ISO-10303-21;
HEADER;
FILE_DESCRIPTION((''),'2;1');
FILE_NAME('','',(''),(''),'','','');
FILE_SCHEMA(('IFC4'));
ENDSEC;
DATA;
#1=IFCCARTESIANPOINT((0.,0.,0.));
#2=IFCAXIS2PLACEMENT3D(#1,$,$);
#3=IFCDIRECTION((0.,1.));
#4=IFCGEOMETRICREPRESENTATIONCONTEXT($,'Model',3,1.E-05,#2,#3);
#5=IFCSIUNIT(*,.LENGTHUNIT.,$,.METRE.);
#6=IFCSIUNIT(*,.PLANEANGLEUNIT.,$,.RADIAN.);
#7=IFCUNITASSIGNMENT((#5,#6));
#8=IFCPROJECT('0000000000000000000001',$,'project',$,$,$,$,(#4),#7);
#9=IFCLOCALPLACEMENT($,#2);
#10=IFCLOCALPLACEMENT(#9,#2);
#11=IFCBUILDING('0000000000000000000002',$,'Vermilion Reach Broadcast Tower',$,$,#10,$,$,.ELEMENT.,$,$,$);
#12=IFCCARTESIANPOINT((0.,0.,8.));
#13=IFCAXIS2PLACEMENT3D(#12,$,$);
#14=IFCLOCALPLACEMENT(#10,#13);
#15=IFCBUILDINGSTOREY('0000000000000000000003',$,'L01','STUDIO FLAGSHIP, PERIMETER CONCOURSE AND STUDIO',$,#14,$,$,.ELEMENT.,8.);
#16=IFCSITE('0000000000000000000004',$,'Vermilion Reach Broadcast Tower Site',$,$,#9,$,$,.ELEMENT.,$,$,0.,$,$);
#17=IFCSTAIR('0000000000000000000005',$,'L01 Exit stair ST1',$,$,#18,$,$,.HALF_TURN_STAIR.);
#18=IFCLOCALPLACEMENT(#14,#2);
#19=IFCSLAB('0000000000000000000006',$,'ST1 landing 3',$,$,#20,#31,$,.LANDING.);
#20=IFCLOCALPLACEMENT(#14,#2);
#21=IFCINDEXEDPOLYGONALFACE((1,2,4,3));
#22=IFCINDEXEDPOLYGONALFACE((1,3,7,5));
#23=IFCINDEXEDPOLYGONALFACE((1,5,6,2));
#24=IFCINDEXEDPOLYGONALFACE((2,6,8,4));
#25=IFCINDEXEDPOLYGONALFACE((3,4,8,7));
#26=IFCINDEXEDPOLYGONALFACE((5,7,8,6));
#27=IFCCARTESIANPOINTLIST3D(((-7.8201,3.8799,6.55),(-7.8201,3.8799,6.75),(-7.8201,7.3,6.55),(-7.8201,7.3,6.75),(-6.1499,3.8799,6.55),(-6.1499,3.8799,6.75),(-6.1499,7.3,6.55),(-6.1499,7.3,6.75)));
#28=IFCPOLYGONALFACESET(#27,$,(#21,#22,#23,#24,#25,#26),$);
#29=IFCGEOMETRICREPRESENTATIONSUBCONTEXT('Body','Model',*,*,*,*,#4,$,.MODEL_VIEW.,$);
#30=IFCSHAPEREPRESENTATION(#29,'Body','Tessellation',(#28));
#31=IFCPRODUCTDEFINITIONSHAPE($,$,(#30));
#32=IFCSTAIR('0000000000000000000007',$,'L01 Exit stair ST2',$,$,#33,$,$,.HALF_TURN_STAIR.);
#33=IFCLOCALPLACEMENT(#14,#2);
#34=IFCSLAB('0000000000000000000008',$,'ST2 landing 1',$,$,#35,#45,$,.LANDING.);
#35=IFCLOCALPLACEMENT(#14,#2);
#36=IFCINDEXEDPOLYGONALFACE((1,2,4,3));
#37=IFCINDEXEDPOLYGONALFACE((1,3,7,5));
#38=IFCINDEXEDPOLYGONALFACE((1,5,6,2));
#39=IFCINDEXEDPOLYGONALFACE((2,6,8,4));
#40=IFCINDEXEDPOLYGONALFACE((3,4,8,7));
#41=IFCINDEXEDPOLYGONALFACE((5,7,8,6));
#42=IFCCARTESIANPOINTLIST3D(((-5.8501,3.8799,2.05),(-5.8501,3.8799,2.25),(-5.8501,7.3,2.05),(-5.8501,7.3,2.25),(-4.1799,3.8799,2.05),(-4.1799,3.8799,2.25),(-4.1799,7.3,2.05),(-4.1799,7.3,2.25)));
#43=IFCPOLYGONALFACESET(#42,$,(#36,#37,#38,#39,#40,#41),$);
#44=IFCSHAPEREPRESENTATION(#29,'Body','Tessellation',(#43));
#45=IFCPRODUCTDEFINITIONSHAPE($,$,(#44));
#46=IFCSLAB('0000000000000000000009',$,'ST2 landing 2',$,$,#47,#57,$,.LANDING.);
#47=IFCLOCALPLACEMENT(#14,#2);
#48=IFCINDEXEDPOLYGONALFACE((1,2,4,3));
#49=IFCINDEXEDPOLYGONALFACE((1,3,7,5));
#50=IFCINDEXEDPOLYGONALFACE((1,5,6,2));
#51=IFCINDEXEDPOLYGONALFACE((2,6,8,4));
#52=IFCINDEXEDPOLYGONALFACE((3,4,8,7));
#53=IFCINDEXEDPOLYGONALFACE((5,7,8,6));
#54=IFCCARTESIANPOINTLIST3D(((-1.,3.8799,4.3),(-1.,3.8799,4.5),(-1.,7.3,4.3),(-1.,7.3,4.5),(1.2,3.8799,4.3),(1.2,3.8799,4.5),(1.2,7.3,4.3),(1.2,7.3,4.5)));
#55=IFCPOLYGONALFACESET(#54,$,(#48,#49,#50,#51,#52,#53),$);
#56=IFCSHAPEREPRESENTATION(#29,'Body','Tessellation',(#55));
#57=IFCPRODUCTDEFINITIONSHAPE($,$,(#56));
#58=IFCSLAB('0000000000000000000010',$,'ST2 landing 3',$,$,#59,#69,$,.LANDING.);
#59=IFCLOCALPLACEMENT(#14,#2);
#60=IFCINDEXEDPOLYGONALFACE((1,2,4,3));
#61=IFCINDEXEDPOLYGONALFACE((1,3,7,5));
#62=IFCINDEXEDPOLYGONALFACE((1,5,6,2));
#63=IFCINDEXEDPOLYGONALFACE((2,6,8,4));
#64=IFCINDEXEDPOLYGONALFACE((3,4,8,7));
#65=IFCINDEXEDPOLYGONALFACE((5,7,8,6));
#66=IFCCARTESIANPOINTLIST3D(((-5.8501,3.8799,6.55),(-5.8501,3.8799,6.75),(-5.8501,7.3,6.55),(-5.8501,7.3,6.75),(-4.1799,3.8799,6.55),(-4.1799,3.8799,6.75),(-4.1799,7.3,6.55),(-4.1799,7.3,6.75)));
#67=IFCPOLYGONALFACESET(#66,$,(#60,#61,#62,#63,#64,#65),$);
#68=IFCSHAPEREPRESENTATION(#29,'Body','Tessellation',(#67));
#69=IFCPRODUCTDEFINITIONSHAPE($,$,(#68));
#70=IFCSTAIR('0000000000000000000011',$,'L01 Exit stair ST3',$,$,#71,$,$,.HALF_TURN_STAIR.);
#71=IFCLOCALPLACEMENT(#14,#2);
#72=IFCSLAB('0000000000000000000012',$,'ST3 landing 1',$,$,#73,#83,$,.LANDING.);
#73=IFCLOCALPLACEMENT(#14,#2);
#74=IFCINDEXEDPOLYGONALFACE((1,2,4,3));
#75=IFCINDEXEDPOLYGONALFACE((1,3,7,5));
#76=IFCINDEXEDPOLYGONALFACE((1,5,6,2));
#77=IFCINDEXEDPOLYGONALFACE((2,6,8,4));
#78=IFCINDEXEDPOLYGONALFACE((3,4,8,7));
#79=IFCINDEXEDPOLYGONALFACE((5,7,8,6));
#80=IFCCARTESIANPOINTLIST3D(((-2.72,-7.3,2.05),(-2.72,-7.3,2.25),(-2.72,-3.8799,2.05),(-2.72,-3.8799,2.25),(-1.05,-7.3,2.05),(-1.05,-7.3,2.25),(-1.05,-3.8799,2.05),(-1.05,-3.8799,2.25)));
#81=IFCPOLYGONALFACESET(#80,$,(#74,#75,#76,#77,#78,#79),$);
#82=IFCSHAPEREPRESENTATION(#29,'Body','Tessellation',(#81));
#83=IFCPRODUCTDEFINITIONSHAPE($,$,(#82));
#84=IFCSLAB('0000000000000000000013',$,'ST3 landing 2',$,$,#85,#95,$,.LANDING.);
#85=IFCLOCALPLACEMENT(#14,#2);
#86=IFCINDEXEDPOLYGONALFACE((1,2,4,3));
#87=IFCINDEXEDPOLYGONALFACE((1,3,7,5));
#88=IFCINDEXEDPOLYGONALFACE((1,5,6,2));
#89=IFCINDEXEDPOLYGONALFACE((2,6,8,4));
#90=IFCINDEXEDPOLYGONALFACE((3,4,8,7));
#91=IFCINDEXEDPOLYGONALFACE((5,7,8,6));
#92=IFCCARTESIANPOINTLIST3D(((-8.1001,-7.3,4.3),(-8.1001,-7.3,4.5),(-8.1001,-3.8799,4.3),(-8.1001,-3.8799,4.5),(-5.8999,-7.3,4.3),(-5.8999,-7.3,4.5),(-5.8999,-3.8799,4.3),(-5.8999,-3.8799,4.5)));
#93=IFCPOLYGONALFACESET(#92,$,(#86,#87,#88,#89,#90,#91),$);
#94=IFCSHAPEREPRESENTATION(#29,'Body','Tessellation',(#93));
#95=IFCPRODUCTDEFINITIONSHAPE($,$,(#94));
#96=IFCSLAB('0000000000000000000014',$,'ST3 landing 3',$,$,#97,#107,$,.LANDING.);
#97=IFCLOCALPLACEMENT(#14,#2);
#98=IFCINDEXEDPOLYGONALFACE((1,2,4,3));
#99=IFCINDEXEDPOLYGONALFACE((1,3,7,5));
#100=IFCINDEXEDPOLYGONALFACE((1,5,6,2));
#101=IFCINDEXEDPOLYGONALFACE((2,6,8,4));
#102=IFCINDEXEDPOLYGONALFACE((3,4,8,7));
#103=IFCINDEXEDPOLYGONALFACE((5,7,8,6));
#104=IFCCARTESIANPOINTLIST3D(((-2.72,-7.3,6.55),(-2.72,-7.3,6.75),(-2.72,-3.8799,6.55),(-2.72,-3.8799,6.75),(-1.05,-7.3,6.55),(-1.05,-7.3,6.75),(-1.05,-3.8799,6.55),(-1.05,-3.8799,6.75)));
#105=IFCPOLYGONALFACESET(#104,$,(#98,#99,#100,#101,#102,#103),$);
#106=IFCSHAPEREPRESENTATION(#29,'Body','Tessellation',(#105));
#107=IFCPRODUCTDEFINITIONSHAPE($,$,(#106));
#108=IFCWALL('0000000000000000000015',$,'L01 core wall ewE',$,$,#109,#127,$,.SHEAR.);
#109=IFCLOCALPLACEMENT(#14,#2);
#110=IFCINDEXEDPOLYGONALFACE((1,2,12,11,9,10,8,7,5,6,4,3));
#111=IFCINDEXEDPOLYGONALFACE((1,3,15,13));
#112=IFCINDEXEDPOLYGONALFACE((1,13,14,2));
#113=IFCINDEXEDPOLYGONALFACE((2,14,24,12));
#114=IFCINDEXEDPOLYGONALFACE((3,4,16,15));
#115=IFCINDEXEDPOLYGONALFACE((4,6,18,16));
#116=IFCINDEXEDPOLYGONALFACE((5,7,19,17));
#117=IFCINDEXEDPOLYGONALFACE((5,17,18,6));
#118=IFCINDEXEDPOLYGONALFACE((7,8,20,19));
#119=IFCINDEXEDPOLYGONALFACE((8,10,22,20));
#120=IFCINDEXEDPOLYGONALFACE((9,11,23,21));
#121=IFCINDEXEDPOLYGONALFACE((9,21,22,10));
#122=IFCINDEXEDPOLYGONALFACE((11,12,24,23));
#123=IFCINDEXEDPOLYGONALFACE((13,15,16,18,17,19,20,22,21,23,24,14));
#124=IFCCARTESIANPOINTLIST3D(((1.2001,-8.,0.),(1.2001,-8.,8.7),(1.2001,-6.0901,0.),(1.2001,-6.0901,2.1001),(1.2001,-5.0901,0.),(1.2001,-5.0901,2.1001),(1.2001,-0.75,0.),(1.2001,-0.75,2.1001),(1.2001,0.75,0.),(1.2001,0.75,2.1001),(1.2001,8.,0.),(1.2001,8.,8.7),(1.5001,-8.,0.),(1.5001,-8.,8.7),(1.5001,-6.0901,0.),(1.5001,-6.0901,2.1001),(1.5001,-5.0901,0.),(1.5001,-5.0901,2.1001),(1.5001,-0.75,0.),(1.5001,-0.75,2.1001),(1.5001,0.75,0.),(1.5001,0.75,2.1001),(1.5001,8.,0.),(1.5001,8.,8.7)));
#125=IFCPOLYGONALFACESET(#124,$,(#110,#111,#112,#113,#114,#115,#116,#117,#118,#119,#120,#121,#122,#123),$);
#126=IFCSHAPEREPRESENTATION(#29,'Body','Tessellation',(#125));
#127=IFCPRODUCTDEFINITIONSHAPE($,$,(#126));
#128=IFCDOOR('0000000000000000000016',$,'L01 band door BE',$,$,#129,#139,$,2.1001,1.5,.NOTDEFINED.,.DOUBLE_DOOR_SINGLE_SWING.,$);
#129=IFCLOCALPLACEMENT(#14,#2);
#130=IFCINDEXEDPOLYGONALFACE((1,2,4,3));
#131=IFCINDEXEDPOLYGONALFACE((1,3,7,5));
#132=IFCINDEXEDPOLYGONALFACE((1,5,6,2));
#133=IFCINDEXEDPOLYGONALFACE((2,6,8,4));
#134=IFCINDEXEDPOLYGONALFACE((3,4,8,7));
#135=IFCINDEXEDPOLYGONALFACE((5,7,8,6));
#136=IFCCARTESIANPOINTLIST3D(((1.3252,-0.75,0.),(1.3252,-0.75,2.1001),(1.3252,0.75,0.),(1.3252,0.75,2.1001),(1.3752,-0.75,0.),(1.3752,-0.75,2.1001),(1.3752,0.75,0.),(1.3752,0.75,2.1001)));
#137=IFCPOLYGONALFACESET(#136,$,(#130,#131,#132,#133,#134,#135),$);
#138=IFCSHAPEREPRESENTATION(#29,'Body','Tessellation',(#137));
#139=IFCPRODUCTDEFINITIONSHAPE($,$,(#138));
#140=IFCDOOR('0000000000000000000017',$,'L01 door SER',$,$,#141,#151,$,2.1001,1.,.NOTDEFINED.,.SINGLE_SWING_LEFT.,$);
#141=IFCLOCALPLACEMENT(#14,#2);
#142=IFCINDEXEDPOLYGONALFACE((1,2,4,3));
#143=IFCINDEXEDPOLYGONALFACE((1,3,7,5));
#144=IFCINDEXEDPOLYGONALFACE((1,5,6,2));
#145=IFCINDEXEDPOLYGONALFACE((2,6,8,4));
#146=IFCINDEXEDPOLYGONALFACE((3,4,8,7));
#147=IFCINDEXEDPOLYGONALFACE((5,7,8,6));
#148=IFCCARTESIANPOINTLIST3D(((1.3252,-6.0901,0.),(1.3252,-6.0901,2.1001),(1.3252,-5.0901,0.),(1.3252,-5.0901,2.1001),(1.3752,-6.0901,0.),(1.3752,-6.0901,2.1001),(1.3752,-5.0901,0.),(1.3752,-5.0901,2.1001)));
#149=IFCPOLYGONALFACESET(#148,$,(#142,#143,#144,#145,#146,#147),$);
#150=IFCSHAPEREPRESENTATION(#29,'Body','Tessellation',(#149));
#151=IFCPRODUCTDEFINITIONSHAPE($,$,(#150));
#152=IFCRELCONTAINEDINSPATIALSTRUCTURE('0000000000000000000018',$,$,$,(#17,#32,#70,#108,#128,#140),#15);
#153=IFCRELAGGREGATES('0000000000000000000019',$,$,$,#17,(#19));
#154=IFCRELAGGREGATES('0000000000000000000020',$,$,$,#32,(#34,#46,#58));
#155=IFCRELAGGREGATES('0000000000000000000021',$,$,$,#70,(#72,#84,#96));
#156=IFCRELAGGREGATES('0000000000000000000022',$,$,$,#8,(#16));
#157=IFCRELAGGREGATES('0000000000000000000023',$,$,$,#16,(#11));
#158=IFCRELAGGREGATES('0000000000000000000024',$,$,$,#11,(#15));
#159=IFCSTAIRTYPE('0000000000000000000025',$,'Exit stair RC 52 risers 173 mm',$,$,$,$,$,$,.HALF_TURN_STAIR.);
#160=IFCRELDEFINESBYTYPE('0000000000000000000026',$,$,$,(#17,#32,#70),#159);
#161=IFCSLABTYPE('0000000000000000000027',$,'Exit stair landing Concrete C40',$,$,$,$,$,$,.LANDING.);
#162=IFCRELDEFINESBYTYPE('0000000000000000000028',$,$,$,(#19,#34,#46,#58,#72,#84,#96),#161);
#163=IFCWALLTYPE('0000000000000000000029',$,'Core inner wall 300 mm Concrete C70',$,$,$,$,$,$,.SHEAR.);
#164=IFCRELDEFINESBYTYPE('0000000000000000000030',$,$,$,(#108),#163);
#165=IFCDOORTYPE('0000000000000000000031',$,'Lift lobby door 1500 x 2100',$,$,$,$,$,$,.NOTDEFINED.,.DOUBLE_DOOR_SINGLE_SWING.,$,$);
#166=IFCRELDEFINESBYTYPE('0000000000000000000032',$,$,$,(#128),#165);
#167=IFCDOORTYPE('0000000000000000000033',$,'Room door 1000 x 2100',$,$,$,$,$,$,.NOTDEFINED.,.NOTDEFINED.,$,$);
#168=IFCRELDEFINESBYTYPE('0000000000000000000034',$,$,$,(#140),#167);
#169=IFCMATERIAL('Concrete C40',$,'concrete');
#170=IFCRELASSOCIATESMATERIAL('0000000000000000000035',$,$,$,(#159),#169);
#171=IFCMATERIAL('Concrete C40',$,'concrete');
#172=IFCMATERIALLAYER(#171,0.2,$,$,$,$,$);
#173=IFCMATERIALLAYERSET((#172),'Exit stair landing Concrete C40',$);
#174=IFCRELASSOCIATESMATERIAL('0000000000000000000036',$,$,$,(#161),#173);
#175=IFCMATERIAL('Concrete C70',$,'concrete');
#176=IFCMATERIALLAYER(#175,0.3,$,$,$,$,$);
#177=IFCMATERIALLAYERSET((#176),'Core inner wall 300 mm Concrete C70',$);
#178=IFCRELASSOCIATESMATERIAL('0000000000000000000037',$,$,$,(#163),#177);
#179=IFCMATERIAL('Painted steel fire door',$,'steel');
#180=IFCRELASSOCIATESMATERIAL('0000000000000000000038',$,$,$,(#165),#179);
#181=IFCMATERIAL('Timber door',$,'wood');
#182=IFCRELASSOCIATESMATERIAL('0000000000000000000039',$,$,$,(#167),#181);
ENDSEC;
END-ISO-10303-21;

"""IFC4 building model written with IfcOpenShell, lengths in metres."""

from ifc_helpers import new_model, si_unit, direction, frame, frame_2d, origin, place, context, subcontext, project, spatial, polyline, rectangle, outline, extrude, material, layer, layer_set, type_object, element, fill, aggregate, save


model = new_model("IFC4")

# Units and contexts
model_context = context("Model", 3, precision=1e-05, world=origin(), true_north=direction((0.0, 1.0)))
body_context = subcontext(model_context, "Body", "Model", "MODEL_VIEW")
ifc_project = project(units=[si_unit("LENGTHUNIT", "METRE"), si_unit("PLANEANGLEUNIT", "RADIAN")], contexts=[model_context])

# Site, building, storey
site_placement = place(None, origin())
site = spatial("IfcSite", under=ifc_project, at=site_placement, Name="Vermilion Reach Broadcast Tower Site", CompositionType="ELEMENT", RefElevation=0.0)
building_placement = place(site_placement, origin())
building = spatial("IfcBuilding", under=site, at=building_placement, Name="Vermilion Reach Broadcast Tower", CompositionType="ELEMENT")
storey_placement = place(building_placement, frame((0.0, 0.0, 8.0)))
storey = spatial("IfcBuildingStorey", under=building, at=storey_placement, Name="L01", Description="STUDIO FLAGSHIP, PERIMETER CONCOURSE AND STUDIO", CompositionType="ELEMENT", Elevation=8.0)

# Stairs, slabs
ifc_material_1 = material(Name="Concrete C40", Category="concrete")
stair_type = type_object("IfcStairType", Name="Exit stair RC 52 risers 173 mm", PredefinedType="HALF_TURN_STAIR", material=ifc_material_1)
placement_1 = place(storey_placement, origin())
stair_1 = element("IfcStair", 1, at=placement_1, inside=storey, type_object=stair_type, Name="L01 Exit stair ST1", PredefinedType="HALF_TURN_STAIR")
ifc_material_2 = material(Name="Concrete C40", Category="concrete")
ifc_layer_1 = layer(ifc_material_2, 0.2)
ifc_layer_set_1 = layer_set([ifc_layer_1], Name="Exit stair landing Concrete C40")
slab_type_1 = type_object("IfcSlabType", Name="Exit stair landing Concrete C40", PredefinedType="LANDING", material=ifc_layer_set_1)
placement_2 = place(storey_placement, frame((0.0, 0.0, 2.05)))
placement_3 = place(storey_placement, frame((0.0, 0.0, 4.3)))
placement_4 = place(storey_placement, frame((0.0, 0.0, 6.55)))
slab_1 = element("IfcSlab", 2, at=placement_4, type_object=slab_type_1, Name="ST1 landing 3", PredefinedType="LANDING", context=body_context, shape_type="SweptSolid", body=[
    extrude(outline(polyline([(-7.8201, 3.8799), (-6.1499, 3.8799), (-6.1499, 7.3), (-7.8201, 7.3), (-7.8201, 3.8799)])), origin(), (0.0, 0.0, 1.0), 0.2),
])
aggregate(stair_1, [slab_1])
stair_2 = element("IfcStair", 3, at=placement_1, inside=storey, type_object=stair_type, Name="L01 Exit stair ST2", PredefinedType="HALF_TURN_STAIR")
slab_2 = element("IfcSlab", 4, at=placement_2, type_object=slab_type_1, Name="ST2 landing 1", PredefinedType="LANDING", context=body_context, shape_type="SweptSolid", body=[
    extrude(outline(polyline([(-4.1799, 7.3), (-5.8501, 7.3), (-5.8501, 3.8799), (-4.1799, 3.8799), (-4.1799, 7.3)])), origin(), (0.0, 0.0, 1.0), 0.2),
])
slab_3 = element("IfcSlab", 5, at=placement_3, type_object=slab_type_1, Name="ST2 landing 2", PredefinedType="LANDING", context=body_context, shape_type="SweptSolid", body=[
    extrude(outline(polyline([(1.2, 7.3), (-1.0, 7.3), (-1.0, 3.8799), (1.2, 3.8799), (1.2, 7.3)])), origin(), (0.0, 0.0, 1.0), 0.2),
])
slab_4 = element("IfcSlab", 6, at=placement_4, type_object=slab_type_1, Name="ST2 landing 3", PredefinedType="LANDING", context=body_context, shape_type="SweptSolid", body=[
    extrude(outline(polyline([(-4.1799, 7.3), (-5.8501, 7.3), (-5.8501, 3.8799), (-4.1799, 3.8799), (-4.1799, 7.3)])), origin(), (0.0, 0.0, 1.0), 0.2),
])
aggregate(stair_2, [slab_2, slab_3, slab_4])
stair_3 = element("IfcStair", 7, at=placement_1, inside=storey, type_object=stair_type, Name="L01 Exit stair ST3", PredefinedType="HALF_TURN_STAIR")
slab_5 = element("IfcSlab", 8, at=placement_2, type_object=slab_type_1, Name="ST3 landing 1", PredefinedType="LANDING", context=body_context, shape_type="SweptSolid", body=[
    extrude(outline(polyline([(-2.72, -7.3), (-1.05, -7.3), (-1.05, -3.8799), (-2.72, -3.8799), (-2.72, -7.3)])), origin(), (0.0, 0.0, 1.0), 0.2),
])
slab_6 = element("IfcSlab", 9, at=placement_3, type_object=slab_type_1, Name="ST3 landing 2", PredefinedType="LANDING", context=body_context, shape_type="SweptSolid", body=[
    extrude(outline(polyline([(-8.1001, -7.3), (-5.8999, -7.3), (-5.8999, -3.8799), (-8.1001, -3.8799), (-8.1001, -7.3)])), origin(), (0.0, 0.0, 1.0), 0.2),
])
slab_7 = element("IfcSlab", 10, at=placement_4, type_object=slab_type_1, Name="ST3 landing 3", PredefinedType="LANDING", context=body_context, shape_type="SweptSolid", body=[
    extrude(outline(polyline([(-2.72, -7.3), (-1.05, -7.3), (-1.05, -3.8799), (-2.72, -3.8799), (-2.72, -7.3)])), origin(), (0.0, 0.0, 1.0), 0.2),
])
aggregate(stair_3, [slab_5, slab_6, slab_7])

# Wall, openings, doors
ifc_material_3 = material(Name="Concrete C70", Category="concrete")
ifc_layer_2 = layer(ifc_material_3, 0.3)
ifc_layer_set_2 = layer_set([ifc_layer_2], Name="Core inner wall 300 mm Concrete C70")
wall_type_1 = type_object("IfcWallType", Name="Core inner wall 300 mm Concrete C70", PredefinedType="SHEAR", material=ifc_layer_set_2)
wall_1_placement = place(storey_placement, frame((1.3501, -8.0, 0.0), z_axis=(0.0, 0.0, 1.0), x_axis=(0.0, 1.0, 0.0)))
wall_1 = element("IfcWall", 11, at=wall_1_placement, inside=storey, type_object=wall_type_1, Name="L01 core wall ewE", PredefinedType="SHEAR", context=body_context, shape_type="SweptSolid", body=[
    extrude(rectangle(XDim=16.0, YDim=0.3, at=frame_2d((8.0, 0.0))), origin(), (0.0, 0.0, 1.0), 8.7),
])
opening_1_placement = place(wall_1_placement, frame((1.9099, 0.0, 0.0)))
opening_1 = element("IfcOpeningElement", 12, at=opening_1_placement, cuts=wall_1, PredefinedType="OPENING", context=body_context, shape_type="SweptSolid", body=[
    extrude(rectangle(XDim=1.0, YDim=2.1001, at=frame_2d((0.5, 1.05))), frame((0.0, 0.1599, 0.0), z_axis=(0.0, -1.0, 0.0), x_axis=(1.0, 0.0, 0.0)), (0.0, 0.0, 1.0), 0.3201),
])
opening_2_placement = place(wall_1_placement, frame((7.25, 0.0, 0.0)))
opening_2 = element("IfcOpeningElement", 13, at=opening_2_placement, cuts=wall_1, PredefinedType="OPENING", context=body_context, shape_type="SweptSolid", body=[
    extrude(rectangle(XDim=1.5, YDim=2.1001, at=frame_2d((0.75, 1.05))), frame((0.0, 0.1599, 0.0), z_axis=(0.0, -1.0, 0.0), x_axis=(1.0, 0.0, 0.0)), (0.0, 0.0, 1.0), 0.3201),
])
ifc_material_4 = material(Name="Painted steel fire door", Category="steel")
door_type_1 = type_object("IfcDoorType", Name="Lift lobby door 1500 x 2100", OperationType="DOUBLE_DOOR_SINGLE_SWING", PredefinedType="NOTDEFINED", material=ifc_material_4)
door_1_placement = place(opening_2_placement, origin())
door_1 = element("IfcDoor", 14, at=door_1_placement, inside=storey, type_object=door_type_1, Name="L01 band door BE", OperationType="DOUBLE_DOOR_SINGLE_SWING", OverallHeight=2.1001, OverallWidth=1.5, PredefinedType="NOTDEFINED", context=body_context, shape_type="SweptSolid", body=[
    extrude(rectangle(XDim=1.5, YDim=2.1001, at=frame_2d((0.75, 1.05))), frame((0.0, 0.0249, 0.0), z_axis=(0.0, -1.0, 0.0), x_axis=(1.0, 0.0, 0.0)), (0.0, 0.0, 1.0), 0.05),
])
fill(opening_2, door_1)
ifc_material_5 = material(Name="Timber door", Category="wood")
door_type_2 = type_object("IfcDoorType", Name="Room door 1000 x 2100", OperationType="NOTDEFINED", PredefinedType="NOTDEFINED", material=ifc_material_5)
door_2_placement = place(opening_1_placement, origin())
door_2 = element("IfcDoor", 15, at=door_2_placement, inside=storey, type_object=door_type_2, Name="L01 door SER", OperationType="SINGLE_SWING_LEFT", OverallHeight=2.1001, OverallWidth=1.0, PredefinedType="NOTDEFINED", context=body_context, shape_type="SweptSolid", body=[
    extrude(rectangle(XDim=1.0, YDim=2.1001, at=frame_2d((0.5, 1.05))), frame((0.0, 0.0249, 0.0), z_axis=(0.0, -1.0, 0.0), x_axis=(1.0, 0.0, 0.0)), (0.0, 0.0, 1.0), 0.05),
])
fill(opening_1, door_2)

save(model, "model.ifc")
